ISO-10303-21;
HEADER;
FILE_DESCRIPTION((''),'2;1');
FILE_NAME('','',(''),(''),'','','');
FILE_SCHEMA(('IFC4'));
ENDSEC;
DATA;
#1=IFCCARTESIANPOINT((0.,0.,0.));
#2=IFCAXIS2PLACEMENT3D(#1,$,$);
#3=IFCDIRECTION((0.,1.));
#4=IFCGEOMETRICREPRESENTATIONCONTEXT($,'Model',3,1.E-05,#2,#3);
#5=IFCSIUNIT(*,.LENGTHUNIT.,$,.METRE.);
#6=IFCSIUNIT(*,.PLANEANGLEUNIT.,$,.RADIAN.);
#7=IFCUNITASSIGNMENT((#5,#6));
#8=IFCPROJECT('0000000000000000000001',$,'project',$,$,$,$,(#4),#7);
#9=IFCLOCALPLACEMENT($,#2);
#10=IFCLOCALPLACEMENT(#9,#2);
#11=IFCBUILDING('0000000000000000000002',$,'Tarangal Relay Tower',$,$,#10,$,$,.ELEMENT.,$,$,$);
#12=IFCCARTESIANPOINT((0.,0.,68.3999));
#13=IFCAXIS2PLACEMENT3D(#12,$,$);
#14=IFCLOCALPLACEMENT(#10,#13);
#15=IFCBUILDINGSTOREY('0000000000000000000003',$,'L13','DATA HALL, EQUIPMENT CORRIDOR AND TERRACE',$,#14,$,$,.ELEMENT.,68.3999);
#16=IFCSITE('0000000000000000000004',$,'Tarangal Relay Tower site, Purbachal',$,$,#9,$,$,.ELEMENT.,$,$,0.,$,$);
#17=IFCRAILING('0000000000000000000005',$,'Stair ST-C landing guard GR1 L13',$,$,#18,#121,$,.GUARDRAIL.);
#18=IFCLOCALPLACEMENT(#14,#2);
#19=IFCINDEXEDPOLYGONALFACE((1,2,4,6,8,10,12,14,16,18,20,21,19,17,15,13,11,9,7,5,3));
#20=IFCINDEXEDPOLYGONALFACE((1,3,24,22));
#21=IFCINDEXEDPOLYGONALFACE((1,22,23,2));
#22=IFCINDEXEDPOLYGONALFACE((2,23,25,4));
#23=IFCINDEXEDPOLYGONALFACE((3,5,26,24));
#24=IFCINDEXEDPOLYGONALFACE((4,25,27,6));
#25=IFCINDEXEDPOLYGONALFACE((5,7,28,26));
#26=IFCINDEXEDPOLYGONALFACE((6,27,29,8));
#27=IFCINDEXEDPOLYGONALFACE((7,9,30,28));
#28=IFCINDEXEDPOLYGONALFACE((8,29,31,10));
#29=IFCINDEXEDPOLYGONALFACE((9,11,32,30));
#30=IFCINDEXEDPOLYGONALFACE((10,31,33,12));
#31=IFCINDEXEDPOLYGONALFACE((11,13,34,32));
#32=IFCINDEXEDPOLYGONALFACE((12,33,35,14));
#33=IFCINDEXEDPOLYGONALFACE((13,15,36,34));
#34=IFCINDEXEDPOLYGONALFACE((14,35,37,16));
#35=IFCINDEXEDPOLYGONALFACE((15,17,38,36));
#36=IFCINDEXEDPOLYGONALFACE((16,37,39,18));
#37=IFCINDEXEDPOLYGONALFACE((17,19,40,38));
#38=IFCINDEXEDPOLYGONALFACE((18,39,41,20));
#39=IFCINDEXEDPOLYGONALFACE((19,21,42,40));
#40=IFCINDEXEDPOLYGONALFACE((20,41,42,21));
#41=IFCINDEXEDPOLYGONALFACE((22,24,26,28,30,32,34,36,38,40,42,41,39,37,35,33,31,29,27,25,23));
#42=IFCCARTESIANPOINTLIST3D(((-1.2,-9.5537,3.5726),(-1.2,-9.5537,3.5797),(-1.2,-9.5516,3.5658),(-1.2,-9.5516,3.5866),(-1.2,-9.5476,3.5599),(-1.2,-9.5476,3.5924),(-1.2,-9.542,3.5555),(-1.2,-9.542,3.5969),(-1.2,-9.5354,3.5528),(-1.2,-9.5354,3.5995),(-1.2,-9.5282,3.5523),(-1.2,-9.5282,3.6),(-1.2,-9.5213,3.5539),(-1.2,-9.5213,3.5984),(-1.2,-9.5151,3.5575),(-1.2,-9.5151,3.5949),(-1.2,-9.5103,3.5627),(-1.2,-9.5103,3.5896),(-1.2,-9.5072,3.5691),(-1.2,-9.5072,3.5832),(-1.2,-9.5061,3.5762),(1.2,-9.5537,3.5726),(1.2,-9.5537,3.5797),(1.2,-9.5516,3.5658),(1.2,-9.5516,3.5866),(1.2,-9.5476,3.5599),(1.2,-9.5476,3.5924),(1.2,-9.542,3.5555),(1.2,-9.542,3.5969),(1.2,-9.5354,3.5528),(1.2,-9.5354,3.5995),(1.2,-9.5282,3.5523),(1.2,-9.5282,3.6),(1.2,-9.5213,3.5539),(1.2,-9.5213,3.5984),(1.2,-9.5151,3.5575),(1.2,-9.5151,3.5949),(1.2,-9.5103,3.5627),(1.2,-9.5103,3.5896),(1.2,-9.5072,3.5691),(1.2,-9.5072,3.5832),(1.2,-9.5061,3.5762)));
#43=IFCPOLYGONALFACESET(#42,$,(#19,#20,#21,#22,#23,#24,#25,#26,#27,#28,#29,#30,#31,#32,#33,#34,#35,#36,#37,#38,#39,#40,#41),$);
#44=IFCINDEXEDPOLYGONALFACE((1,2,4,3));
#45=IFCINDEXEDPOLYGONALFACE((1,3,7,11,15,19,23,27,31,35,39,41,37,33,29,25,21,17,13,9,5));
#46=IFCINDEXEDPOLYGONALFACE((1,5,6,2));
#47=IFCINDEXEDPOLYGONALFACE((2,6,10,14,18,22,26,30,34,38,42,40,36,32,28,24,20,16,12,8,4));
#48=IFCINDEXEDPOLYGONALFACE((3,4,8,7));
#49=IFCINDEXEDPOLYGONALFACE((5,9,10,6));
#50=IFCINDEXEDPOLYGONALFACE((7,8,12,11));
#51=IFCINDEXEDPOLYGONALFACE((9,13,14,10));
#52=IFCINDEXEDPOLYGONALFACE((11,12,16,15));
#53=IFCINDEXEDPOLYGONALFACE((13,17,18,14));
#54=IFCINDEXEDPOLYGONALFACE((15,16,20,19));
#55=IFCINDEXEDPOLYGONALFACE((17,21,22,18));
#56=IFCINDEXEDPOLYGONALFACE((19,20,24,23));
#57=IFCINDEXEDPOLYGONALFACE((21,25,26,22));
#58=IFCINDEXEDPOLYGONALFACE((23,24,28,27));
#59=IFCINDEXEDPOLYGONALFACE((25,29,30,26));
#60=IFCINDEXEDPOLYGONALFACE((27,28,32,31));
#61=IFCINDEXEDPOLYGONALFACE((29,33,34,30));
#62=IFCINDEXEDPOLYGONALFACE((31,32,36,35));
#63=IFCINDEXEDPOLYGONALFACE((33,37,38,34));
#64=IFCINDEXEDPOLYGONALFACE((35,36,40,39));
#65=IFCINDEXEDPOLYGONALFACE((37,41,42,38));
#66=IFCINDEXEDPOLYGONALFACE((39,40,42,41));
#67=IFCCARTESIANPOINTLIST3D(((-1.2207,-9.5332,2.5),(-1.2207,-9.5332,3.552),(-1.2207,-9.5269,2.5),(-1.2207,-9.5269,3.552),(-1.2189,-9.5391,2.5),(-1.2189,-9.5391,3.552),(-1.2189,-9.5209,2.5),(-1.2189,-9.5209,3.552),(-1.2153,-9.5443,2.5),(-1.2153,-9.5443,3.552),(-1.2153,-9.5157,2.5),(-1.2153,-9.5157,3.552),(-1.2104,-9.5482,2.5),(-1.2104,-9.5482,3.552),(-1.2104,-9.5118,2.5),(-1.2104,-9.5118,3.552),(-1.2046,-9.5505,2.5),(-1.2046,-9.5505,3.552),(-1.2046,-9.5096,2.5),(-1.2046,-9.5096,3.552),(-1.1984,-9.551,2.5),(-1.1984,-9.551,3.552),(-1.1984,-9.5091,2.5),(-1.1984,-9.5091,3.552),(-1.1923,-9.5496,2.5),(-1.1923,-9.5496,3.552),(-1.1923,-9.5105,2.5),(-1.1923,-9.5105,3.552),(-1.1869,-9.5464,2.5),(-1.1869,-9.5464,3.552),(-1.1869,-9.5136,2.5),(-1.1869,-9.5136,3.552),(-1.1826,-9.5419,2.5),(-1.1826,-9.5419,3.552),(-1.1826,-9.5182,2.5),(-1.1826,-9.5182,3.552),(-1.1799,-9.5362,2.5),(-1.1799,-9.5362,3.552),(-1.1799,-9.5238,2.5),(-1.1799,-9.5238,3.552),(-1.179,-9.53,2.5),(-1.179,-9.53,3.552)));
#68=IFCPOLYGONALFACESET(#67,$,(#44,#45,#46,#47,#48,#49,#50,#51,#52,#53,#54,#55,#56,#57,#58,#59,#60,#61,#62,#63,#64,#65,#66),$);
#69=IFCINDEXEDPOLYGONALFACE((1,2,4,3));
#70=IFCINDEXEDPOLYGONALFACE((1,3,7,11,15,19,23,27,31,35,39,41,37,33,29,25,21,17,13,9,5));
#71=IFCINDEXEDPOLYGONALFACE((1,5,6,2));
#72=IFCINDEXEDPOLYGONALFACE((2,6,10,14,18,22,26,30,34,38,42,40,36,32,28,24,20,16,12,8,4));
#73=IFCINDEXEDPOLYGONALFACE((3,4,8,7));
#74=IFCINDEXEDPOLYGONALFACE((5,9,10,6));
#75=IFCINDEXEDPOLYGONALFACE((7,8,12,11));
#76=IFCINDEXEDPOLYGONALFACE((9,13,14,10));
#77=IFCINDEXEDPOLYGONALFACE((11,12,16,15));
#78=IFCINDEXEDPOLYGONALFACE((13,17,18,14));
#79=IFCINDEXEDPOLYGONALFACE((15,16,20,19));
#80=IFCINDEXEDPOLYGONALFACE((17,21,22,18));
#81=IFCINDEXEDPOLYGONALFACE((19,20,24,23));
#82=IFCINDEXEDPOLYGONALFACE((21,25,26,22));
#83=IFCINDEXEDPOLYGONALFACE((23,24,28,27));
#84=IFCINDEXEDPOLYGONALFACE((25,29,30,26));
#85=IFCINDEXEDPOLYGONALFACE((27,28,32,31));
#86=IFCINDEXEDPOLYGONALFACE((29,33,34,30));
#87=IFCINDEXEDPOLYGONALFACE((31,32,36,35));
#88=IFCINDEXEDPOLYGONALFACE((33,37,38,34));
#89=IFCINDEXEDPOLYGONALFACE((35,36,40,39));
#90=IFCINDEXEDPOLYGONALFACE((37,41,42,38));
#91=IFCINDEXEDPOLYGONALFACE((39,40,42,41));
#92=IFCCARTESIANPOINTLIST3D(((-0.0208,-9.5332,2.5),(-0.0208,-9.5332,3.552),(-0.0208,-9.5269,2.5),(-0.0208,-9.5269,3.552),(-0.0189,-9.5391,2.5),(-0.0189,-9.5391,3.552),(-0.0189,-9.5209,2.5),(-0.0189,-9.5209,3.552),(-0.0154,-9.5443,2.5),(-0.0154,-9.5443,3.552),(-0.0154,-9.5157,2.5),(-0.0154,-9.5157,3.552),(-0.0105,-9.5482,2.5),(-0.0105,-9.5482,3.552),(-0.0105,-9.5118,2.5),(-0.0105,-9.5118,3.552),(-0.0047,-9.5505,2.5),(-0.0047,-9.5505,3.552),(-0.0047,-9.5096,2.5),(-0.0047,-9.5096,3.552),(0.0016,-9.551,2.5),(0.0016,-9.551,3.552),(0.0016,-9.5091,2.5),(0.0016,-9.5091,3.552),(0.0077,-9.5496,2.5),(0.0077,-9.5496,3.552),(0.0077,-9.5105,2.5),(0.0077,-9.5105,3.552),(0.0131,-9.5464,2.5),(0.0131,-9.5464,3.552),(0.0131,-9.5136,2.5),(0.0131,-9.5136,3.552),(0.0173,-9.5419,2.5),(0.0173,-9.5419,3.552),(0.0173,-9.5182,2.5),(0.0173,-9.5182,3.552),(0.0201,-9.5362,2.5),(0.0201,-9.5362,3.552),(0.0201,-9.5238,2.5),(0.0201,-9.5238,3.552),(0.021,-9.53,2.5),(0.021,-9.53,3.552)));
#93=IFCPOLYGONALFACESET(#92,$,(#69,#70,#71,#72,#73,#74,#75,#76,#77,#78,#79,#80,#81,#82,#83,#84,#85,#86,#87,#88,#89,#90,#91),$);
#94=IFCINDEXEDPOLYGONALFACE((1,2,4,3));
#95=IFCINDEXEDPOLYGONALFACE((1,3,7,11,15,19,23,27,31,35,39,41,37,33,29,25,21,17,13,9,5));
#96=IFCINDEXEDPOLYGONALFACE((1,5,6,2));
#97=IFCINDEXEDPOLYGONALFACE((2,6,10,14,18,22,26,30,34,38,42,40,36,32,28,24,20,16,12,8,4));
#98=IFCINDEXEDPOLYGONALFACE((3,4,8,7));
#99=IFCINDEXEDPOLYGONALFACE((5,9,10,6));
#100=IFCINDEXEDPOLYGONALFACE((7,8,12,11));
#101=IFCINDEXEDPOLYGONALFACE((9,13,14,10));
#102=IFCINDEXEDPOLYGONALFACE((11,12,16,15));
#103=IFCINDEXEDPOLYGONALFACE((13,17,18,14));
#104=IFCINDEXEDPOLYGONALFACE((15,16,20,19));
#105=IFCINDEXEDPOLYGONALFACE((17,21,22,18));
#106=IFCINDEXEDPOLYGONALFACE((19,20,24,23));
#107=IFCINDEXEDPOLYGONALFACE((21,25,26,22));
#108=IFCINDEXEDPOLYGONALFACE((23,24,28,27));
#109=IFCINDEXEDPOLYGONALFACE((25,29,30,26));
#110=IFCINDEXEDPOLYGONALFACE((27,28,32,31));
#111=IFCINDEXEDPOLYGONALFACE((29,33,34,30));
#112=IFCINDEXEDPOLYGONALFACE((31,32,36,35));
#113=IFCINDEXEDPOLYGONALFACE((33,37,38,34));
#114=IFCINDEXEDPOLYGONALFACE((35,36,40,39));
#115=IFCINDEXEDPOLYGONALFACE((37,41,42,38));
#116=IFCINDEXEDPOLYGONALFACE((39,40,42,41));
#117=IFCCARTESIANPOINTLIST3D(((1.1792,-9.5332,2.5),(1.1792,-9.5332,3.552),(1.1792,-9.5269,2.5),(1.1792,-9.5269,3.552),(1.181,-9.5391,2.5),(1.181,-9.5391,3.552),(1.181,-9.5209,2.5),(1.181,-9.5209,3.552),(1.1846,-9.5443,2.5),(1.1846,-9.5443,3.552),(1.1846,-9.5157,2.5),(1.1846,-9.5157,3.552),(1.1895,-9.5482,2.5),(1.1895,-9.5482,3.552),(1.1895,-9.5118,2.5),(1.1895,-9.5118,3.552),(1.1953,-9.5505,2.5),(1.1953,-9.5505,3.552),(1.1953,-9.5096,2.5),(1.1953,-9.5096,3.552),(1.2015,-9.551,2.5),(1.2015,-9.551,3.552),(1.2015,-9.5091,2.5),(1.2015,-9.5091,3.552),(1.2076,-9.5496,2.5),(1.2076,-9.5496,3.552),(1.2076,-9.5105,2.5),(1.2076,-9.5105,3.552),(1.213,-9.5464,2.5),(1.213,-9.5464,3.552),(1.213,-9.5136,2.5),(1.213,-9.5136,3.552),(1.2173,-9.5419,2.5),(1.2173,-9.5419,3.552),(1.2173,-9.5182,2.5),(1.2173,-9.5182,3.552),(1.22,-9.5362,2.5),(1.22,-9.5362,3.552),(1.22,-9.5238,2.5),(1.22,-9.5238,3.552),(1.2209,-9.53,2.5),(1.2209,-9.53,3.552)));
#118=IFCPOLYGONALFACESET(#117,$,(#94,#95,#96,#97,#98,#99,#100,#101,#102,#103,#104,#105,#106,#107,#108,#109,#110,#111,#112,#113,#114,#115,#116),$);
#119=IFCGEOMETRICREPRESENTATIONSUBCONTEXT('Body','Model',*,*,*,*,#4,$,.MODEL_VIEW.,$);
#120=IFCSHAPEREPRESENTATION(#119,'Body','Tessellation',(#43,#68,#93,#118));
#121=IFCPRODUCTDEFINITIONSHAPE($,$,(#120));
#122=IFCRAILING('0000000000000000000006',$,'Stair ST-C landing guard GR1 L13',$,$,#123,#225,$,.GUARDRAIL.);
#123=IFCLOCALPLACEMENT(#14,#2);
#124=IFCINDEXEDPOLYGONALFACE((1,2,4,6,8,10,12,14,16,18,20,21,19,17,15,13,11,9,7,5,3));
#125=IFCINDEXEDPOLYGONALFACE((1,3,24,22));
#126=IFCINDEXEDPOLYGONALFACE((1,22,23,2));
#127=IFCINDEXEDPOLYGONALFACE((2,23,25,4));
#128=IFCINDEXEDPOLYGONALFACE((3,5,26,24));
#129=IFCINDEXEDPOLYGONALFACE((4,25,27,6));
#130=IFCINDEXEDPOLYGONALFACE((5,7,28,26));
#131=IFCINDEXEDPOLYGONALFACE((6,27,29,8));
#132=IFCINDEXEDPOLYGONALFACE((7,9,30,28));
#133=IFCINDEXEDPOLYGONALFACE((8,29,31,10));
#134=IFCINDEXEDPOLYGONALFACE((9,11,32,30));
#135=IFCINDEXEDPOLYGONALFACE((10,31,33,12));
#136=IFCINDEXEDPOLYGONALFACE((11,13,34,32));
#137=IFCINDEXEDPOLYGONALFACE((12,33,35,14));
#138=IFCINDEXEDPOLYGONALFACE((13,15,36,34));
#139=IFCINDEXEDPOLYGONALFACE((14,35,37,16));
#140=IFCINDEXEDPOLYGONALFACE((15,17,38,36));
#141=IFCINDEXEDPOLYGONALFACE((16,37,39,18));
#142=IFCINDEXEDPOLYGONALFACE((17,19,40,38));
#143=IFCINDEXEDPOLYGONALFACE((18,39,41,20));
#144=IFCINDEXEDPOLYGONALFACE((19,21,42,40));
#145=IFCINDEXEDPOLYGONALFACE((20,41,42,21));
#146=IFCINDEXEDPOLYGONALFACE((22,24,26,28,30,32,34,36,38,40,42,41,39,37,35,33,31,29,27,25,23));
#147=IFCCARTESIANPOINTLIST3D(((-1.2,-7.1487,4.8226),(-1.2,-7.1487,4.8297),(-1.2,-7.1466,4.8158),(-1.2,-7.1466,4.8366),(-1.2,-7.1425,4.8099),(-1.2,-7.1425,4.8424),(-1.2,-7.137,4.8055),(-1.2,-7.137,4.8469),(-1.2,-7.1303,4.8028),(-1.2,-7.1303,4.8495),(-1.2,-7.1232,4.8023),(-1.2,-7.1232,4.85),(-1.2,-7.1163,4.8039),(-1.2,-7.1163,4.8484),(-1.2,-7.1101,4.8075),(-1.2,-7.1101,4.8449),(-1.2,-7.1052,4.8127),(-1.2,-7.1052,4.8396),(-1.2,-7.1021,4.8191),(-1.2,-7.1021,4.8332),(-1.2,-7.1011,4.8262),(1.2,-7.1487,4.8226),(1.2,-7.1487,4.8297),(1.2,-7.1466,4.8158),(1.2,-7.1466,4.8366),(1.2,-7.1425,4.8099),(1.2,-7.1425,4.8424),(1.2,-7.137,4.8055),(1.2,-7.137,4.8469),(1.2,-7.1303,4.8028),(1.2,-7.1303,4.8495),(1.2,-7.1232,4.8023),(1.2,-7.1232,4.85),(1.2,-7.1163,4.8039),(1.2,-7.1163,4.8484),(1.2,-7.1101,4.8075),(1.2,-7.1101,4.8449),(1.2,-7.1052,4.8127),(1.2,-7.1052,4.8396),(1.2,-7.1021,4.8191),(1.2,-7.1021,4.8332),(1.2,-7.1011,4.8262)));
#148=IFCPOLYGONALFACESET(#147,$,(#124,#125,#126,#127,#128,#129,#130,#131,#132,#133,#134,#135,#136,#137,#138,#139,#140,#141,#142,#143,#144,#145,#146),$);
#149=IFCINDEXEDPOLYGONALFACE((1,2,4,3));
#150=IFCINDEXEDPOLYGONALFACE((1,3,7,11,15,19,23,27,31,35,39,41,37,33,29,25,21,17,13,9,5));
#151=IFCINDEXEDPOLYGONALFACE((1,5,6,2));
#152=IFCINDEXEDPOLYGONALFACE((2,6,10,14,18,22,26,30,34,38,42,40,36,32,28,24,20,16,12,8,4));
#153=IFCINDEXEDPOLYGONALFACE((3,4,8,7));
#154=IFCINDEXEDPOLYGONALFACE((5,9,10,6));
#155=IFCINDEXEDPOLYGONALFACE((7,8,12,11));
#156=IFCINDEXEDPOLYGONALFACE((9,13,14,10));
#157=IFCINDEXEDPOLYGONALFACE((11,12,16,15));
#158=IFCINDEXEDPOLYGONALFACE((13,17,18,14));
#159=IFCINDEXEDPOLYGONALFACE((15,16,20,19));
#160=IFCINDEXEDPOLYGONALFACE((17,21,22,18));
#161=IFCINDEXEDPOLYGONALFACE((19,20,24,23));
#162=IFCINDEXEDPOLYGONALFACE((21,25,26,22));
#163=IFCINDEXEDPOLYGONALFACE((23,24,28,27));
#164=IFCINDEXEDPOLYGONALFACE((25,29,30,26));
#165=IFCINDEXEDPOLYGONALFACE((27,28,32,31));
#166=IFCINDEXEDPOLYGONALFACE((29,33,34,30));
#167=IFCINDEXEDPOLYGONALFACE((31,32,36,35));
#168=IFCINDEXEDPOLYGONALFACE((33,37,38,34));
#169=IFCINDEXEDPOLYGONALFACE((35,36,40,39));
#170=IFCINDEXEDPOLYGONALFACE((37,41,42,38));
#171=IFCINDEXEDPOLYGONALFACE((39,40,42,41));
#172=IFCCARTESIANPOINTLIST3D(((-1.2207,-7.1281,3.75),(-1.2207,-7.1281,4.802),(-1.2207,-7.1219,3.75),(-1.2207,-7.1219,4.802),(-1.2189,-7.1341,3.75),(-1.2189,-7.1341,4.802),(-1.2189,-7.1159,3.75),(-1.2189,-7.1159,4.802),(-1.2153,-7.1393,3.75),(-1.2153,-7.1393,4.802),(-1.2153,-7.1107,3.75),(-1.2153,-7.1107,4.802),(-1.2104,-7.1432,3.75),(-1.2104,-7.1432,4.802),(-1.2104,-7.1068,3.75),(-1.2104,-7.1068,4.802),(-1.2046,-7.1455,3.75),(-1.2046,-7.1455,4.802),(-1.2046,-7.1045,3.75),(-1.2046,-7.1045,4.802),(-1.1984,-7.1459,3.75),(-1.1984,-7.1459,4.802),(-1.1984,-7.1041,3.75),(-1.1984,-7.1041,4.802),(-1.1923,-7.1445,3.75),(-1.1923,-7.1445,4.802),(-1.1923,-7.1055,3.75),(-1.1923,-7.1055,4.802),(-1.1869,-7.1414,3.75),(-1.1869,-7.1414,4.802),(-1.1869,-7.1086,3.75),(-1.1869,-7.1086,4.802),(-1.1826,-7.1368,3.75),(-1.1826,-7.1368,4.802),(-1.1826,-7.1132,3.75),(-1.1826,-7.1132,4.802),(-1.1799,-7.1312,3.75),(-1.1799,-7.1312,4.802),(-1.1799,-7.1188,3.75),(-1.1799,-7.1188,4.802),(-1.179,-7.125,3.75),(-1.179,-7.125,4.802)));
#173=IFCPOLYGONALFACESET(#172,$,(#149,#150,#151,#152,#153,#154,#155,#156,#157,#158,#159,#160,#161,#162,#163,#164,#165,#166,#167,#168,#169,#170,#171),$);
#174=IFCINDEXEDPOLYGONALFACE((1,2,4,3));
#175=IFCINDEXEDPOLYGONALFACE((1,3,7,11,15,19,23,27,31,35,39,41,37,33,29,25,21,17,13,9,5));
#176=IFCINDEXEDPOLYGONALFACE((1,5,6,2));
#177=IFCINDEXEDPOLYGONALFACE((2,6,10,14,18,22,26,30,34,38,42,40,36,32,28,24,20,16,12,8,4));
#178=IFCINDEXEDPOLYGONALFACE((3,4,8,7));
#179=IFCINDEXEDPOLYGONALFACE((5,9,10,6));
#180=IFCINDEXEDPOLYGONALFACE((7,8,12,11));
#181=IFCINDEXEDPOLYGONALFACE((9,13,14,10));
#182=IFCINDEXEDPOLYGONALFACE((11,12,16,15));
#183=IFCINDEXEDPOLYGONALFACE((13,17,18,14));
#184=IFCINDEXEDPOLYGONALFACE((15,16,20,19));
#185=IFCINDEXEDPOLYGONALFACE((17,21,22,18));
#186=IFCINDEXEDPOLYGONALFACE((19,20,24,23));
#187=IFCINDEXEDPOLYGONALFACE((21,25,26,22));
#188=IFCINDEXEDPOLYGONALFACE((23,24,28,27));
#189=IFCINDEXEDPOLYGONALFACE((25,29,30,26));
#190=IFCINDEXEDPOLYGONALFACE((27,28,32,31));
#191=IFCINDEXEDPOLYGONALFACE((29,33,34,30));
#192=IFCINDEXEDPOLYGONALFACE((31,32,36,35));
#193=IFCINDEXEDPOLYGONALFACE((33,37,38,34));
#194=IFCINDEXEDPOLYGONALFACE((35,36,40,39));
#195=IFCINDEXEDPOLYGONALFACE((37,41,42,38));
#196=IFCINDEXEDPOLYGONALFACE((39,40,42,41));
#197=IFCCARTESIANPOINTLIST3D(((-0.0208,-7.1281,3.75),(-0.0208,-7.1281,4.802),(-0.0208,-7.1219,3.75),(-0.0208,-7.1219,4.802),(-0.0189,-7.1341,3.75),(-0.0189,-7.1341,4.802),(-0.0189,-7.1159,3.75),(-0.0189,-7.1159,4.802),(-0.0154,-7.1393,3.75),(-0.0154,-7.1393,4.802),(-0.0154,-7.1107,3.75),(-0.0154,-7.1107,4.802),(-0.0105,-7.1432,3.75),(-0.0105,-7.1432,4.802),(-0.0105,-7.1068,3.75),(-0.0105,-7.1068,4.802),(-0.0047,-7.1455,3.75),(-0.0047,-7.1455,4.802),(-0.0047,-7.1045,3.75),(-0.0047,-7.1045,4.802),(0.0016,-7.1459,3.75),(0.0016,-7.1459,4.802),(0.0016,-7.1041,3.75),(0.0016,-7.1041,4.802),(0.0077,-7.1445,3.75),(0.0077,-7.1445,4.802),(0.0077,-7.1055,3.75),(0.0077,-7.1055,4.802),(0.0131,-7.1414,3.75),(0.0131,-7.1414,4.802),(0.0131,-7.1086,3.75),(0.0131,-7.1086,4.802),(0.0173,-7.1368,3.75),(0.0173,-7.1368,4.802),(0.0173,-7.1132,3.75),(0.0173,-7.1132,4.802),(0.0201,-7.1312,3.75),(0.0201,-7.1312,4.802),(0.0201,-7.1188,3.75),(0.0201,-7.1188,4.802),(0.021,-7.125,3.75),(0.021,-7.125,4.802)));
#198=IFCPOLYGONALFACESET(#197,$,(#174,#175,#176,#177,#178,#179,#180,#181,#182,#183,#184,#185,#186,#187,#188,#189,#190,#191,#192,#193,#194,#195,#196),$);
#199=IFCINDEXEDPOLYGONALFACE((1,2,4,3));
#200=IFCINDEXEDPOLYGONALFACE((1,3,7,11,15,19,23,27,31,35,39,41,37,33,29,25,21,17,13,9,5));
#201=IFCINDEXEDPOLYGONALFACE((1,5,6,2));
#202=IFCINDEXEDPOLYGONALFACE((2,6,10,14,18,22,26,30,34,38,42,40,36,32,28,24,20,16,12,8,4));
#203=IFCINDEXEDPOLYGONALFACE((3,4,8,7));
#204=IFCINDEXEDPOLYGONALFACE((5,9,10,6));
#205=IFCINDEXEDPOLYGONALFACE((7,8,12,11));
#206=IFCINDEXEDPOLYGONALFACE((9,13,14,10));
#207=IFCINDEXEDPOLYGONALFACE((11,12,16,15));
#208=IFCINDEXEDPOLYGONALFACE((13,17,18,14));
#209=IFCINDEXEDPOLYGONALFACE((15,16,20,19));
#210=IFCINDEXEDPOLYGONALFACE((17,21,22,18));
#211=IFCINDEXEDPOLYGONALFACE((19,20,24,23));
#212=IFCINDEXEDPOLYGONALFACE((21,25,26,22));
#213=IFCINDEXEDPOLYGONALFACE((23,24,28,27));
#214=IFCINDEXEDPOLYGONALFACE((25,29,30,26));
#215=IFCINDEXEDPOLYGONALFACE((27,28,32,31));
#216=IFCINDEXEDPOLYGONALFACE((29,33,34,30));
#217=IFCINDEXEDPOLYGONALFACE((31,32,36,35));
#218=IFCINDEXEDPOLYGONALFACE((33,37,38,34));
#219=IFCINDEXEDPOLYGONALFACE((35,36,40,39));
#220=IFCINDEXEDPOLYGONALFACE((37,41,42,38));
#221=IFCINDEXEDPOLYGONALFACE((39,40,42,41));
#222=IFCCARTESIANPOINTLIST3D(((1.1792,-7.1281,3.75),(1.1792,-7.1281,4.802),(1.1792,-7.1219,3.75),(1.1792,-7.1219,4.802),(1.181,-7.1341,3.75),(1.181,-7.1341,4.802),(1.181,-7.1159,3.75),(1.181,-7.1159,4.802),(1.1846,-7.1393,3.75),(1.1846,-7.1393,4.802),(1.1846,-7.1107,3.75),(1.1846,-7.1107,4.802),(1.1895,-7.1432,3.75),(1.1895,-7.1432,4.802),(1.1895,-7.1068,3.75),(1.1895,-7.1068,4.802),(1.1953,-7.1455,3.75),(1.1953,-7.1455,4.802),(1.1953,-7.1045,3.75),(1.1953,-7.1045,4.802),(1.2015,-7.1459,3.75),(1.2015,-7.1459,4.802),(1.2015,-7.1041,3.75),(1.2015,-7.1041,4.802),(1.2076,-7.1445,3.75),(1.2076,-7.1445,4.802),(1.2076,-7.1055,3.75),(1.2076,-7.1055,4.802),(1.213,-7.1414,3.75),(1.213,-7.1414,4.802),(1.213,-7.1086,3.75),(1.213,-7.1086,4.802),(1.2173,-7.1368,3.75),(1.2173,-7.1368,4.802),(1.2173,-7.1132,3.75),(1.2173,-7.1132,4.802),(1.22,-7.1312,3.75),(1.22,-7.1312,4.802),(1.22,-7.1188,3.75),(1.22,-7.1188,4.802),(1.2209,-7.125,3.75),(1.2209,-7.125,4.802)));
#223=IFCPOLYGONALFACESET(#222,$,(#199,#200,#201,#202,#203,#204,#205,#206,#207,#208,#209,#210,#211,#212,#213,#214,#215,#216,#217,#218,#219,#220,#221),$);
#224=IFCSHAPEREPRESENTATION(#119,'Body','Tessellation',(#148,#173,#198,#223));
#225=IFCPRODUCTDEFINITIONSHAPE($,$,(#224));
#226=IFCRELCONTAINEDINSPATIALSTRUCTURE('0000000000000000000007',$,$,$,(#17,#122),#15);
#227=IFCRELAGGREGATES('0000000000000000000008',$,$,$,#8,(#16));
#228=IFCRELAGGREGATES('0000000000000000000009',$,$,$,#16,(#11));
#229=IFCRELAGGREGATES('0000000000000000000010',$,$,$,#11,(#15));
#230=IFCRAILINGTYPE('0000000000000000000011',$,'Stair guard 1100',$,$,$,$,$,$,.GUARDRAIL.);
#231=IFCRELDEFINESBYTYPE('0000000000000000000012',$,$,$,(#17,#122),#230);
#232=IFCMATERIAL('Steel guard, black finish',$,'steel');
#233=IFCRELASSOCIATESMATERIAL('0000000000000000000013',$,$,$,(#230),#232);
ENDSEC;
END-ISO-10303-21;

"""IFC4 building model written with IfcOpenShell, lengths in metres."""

from ifc_helpers import new_model, si_unit, direction, frame, origin, origin_2d, place, context, subcontext, project, spatial, circle, extrude, material, type_object, element, save


model = new_model("IFC4")

# Units and contexts
model_context = context("Model", 3, precision=1e-05, world=origin(), true_north=direction((0.0, 1.0)))
body_context = subcontext(model_context, "Body", "Model", "MODEL_VIEW")
ifc_project = project(units=[si_unit("LENGTHUNIT", "METRE"), si_unit("PLANEANGLEUNIT", "RADIAN")], contexts=[model_context])

# Site, building, storey
site_placement = place(None, origin())
site = spatial("IfcSite", under=ifc_project, at=site_placement, Name="Tarangal Relay Tower site, Purbachal", CompositionType="ELEMENT", RefElevation=0.0)
building_placement = place(site_placement, origin())
building = spatial("IfcBuilding", under=site, at=building_placement, Name="Tarangal Relay Tower", CompositionType="ELEMENT")
storey_placement = place(building_placement, frame((0.0, 0.0, 68.3999)))
storey = spatial("IfcBuildingStorey", under=building, at=storey_placement, Name="L13", Description="DATA HALL, EQUIPMENT CORRIDOR AND TERRACE", CompositionType="ELEMENT", Elevation=68.3999)

# Railings
ifc_material_1 = material(Name="Steel guard, black finish", Category="steel")
railing_type_1 = type_object("IfcRailingType", Name="Stair guard 1100", PredefinedType="GUARDRAIL", material=ifc_material_1)
for number, where, name in (
    (1, (-1.2, -9.53, 2.5), "Stair ST-C landing guard GR1 L13"),
    (2, (-1.2, -7.125, 3.75), "Stair ST-C landing guard GR1 L13"),
):
    element("IfcRailing", number, at=place(storey_placement, frame(where)), inside=storey, type_object=railing_type_1, Name=name, PredefinedType="GUARDRAIL", context=body_context, shape_type="SweptSolid", body=[
        extrude(circle(Radius=0.0239, at=origin_2d()), frame((0.0, 0.0, 1.0762), z_axis=(1.0, 0.0, 0.0), x_axis=(0.0, 1.0, 0.0)), (0.0, 0.0, 1.0), 2.3999),
        extrude(circle(Radius=0.021, at=origin_2d()), origin(), (0.0, 0.0, 1.0), 1.052),
        extrude(circle(Radius=0.021, at=origin_2d()), frame((1.2, 0.0, 0.0)), (0.0, 0.0, 1.0), 1.052),
        extrude(circle(Radius=0.021, at=origin_2d()), frame((2.3999, 0.0, 0.0)), (0.0, 0.0, 1.0), 1.052),
    ])

save(model, "model.ifc")
